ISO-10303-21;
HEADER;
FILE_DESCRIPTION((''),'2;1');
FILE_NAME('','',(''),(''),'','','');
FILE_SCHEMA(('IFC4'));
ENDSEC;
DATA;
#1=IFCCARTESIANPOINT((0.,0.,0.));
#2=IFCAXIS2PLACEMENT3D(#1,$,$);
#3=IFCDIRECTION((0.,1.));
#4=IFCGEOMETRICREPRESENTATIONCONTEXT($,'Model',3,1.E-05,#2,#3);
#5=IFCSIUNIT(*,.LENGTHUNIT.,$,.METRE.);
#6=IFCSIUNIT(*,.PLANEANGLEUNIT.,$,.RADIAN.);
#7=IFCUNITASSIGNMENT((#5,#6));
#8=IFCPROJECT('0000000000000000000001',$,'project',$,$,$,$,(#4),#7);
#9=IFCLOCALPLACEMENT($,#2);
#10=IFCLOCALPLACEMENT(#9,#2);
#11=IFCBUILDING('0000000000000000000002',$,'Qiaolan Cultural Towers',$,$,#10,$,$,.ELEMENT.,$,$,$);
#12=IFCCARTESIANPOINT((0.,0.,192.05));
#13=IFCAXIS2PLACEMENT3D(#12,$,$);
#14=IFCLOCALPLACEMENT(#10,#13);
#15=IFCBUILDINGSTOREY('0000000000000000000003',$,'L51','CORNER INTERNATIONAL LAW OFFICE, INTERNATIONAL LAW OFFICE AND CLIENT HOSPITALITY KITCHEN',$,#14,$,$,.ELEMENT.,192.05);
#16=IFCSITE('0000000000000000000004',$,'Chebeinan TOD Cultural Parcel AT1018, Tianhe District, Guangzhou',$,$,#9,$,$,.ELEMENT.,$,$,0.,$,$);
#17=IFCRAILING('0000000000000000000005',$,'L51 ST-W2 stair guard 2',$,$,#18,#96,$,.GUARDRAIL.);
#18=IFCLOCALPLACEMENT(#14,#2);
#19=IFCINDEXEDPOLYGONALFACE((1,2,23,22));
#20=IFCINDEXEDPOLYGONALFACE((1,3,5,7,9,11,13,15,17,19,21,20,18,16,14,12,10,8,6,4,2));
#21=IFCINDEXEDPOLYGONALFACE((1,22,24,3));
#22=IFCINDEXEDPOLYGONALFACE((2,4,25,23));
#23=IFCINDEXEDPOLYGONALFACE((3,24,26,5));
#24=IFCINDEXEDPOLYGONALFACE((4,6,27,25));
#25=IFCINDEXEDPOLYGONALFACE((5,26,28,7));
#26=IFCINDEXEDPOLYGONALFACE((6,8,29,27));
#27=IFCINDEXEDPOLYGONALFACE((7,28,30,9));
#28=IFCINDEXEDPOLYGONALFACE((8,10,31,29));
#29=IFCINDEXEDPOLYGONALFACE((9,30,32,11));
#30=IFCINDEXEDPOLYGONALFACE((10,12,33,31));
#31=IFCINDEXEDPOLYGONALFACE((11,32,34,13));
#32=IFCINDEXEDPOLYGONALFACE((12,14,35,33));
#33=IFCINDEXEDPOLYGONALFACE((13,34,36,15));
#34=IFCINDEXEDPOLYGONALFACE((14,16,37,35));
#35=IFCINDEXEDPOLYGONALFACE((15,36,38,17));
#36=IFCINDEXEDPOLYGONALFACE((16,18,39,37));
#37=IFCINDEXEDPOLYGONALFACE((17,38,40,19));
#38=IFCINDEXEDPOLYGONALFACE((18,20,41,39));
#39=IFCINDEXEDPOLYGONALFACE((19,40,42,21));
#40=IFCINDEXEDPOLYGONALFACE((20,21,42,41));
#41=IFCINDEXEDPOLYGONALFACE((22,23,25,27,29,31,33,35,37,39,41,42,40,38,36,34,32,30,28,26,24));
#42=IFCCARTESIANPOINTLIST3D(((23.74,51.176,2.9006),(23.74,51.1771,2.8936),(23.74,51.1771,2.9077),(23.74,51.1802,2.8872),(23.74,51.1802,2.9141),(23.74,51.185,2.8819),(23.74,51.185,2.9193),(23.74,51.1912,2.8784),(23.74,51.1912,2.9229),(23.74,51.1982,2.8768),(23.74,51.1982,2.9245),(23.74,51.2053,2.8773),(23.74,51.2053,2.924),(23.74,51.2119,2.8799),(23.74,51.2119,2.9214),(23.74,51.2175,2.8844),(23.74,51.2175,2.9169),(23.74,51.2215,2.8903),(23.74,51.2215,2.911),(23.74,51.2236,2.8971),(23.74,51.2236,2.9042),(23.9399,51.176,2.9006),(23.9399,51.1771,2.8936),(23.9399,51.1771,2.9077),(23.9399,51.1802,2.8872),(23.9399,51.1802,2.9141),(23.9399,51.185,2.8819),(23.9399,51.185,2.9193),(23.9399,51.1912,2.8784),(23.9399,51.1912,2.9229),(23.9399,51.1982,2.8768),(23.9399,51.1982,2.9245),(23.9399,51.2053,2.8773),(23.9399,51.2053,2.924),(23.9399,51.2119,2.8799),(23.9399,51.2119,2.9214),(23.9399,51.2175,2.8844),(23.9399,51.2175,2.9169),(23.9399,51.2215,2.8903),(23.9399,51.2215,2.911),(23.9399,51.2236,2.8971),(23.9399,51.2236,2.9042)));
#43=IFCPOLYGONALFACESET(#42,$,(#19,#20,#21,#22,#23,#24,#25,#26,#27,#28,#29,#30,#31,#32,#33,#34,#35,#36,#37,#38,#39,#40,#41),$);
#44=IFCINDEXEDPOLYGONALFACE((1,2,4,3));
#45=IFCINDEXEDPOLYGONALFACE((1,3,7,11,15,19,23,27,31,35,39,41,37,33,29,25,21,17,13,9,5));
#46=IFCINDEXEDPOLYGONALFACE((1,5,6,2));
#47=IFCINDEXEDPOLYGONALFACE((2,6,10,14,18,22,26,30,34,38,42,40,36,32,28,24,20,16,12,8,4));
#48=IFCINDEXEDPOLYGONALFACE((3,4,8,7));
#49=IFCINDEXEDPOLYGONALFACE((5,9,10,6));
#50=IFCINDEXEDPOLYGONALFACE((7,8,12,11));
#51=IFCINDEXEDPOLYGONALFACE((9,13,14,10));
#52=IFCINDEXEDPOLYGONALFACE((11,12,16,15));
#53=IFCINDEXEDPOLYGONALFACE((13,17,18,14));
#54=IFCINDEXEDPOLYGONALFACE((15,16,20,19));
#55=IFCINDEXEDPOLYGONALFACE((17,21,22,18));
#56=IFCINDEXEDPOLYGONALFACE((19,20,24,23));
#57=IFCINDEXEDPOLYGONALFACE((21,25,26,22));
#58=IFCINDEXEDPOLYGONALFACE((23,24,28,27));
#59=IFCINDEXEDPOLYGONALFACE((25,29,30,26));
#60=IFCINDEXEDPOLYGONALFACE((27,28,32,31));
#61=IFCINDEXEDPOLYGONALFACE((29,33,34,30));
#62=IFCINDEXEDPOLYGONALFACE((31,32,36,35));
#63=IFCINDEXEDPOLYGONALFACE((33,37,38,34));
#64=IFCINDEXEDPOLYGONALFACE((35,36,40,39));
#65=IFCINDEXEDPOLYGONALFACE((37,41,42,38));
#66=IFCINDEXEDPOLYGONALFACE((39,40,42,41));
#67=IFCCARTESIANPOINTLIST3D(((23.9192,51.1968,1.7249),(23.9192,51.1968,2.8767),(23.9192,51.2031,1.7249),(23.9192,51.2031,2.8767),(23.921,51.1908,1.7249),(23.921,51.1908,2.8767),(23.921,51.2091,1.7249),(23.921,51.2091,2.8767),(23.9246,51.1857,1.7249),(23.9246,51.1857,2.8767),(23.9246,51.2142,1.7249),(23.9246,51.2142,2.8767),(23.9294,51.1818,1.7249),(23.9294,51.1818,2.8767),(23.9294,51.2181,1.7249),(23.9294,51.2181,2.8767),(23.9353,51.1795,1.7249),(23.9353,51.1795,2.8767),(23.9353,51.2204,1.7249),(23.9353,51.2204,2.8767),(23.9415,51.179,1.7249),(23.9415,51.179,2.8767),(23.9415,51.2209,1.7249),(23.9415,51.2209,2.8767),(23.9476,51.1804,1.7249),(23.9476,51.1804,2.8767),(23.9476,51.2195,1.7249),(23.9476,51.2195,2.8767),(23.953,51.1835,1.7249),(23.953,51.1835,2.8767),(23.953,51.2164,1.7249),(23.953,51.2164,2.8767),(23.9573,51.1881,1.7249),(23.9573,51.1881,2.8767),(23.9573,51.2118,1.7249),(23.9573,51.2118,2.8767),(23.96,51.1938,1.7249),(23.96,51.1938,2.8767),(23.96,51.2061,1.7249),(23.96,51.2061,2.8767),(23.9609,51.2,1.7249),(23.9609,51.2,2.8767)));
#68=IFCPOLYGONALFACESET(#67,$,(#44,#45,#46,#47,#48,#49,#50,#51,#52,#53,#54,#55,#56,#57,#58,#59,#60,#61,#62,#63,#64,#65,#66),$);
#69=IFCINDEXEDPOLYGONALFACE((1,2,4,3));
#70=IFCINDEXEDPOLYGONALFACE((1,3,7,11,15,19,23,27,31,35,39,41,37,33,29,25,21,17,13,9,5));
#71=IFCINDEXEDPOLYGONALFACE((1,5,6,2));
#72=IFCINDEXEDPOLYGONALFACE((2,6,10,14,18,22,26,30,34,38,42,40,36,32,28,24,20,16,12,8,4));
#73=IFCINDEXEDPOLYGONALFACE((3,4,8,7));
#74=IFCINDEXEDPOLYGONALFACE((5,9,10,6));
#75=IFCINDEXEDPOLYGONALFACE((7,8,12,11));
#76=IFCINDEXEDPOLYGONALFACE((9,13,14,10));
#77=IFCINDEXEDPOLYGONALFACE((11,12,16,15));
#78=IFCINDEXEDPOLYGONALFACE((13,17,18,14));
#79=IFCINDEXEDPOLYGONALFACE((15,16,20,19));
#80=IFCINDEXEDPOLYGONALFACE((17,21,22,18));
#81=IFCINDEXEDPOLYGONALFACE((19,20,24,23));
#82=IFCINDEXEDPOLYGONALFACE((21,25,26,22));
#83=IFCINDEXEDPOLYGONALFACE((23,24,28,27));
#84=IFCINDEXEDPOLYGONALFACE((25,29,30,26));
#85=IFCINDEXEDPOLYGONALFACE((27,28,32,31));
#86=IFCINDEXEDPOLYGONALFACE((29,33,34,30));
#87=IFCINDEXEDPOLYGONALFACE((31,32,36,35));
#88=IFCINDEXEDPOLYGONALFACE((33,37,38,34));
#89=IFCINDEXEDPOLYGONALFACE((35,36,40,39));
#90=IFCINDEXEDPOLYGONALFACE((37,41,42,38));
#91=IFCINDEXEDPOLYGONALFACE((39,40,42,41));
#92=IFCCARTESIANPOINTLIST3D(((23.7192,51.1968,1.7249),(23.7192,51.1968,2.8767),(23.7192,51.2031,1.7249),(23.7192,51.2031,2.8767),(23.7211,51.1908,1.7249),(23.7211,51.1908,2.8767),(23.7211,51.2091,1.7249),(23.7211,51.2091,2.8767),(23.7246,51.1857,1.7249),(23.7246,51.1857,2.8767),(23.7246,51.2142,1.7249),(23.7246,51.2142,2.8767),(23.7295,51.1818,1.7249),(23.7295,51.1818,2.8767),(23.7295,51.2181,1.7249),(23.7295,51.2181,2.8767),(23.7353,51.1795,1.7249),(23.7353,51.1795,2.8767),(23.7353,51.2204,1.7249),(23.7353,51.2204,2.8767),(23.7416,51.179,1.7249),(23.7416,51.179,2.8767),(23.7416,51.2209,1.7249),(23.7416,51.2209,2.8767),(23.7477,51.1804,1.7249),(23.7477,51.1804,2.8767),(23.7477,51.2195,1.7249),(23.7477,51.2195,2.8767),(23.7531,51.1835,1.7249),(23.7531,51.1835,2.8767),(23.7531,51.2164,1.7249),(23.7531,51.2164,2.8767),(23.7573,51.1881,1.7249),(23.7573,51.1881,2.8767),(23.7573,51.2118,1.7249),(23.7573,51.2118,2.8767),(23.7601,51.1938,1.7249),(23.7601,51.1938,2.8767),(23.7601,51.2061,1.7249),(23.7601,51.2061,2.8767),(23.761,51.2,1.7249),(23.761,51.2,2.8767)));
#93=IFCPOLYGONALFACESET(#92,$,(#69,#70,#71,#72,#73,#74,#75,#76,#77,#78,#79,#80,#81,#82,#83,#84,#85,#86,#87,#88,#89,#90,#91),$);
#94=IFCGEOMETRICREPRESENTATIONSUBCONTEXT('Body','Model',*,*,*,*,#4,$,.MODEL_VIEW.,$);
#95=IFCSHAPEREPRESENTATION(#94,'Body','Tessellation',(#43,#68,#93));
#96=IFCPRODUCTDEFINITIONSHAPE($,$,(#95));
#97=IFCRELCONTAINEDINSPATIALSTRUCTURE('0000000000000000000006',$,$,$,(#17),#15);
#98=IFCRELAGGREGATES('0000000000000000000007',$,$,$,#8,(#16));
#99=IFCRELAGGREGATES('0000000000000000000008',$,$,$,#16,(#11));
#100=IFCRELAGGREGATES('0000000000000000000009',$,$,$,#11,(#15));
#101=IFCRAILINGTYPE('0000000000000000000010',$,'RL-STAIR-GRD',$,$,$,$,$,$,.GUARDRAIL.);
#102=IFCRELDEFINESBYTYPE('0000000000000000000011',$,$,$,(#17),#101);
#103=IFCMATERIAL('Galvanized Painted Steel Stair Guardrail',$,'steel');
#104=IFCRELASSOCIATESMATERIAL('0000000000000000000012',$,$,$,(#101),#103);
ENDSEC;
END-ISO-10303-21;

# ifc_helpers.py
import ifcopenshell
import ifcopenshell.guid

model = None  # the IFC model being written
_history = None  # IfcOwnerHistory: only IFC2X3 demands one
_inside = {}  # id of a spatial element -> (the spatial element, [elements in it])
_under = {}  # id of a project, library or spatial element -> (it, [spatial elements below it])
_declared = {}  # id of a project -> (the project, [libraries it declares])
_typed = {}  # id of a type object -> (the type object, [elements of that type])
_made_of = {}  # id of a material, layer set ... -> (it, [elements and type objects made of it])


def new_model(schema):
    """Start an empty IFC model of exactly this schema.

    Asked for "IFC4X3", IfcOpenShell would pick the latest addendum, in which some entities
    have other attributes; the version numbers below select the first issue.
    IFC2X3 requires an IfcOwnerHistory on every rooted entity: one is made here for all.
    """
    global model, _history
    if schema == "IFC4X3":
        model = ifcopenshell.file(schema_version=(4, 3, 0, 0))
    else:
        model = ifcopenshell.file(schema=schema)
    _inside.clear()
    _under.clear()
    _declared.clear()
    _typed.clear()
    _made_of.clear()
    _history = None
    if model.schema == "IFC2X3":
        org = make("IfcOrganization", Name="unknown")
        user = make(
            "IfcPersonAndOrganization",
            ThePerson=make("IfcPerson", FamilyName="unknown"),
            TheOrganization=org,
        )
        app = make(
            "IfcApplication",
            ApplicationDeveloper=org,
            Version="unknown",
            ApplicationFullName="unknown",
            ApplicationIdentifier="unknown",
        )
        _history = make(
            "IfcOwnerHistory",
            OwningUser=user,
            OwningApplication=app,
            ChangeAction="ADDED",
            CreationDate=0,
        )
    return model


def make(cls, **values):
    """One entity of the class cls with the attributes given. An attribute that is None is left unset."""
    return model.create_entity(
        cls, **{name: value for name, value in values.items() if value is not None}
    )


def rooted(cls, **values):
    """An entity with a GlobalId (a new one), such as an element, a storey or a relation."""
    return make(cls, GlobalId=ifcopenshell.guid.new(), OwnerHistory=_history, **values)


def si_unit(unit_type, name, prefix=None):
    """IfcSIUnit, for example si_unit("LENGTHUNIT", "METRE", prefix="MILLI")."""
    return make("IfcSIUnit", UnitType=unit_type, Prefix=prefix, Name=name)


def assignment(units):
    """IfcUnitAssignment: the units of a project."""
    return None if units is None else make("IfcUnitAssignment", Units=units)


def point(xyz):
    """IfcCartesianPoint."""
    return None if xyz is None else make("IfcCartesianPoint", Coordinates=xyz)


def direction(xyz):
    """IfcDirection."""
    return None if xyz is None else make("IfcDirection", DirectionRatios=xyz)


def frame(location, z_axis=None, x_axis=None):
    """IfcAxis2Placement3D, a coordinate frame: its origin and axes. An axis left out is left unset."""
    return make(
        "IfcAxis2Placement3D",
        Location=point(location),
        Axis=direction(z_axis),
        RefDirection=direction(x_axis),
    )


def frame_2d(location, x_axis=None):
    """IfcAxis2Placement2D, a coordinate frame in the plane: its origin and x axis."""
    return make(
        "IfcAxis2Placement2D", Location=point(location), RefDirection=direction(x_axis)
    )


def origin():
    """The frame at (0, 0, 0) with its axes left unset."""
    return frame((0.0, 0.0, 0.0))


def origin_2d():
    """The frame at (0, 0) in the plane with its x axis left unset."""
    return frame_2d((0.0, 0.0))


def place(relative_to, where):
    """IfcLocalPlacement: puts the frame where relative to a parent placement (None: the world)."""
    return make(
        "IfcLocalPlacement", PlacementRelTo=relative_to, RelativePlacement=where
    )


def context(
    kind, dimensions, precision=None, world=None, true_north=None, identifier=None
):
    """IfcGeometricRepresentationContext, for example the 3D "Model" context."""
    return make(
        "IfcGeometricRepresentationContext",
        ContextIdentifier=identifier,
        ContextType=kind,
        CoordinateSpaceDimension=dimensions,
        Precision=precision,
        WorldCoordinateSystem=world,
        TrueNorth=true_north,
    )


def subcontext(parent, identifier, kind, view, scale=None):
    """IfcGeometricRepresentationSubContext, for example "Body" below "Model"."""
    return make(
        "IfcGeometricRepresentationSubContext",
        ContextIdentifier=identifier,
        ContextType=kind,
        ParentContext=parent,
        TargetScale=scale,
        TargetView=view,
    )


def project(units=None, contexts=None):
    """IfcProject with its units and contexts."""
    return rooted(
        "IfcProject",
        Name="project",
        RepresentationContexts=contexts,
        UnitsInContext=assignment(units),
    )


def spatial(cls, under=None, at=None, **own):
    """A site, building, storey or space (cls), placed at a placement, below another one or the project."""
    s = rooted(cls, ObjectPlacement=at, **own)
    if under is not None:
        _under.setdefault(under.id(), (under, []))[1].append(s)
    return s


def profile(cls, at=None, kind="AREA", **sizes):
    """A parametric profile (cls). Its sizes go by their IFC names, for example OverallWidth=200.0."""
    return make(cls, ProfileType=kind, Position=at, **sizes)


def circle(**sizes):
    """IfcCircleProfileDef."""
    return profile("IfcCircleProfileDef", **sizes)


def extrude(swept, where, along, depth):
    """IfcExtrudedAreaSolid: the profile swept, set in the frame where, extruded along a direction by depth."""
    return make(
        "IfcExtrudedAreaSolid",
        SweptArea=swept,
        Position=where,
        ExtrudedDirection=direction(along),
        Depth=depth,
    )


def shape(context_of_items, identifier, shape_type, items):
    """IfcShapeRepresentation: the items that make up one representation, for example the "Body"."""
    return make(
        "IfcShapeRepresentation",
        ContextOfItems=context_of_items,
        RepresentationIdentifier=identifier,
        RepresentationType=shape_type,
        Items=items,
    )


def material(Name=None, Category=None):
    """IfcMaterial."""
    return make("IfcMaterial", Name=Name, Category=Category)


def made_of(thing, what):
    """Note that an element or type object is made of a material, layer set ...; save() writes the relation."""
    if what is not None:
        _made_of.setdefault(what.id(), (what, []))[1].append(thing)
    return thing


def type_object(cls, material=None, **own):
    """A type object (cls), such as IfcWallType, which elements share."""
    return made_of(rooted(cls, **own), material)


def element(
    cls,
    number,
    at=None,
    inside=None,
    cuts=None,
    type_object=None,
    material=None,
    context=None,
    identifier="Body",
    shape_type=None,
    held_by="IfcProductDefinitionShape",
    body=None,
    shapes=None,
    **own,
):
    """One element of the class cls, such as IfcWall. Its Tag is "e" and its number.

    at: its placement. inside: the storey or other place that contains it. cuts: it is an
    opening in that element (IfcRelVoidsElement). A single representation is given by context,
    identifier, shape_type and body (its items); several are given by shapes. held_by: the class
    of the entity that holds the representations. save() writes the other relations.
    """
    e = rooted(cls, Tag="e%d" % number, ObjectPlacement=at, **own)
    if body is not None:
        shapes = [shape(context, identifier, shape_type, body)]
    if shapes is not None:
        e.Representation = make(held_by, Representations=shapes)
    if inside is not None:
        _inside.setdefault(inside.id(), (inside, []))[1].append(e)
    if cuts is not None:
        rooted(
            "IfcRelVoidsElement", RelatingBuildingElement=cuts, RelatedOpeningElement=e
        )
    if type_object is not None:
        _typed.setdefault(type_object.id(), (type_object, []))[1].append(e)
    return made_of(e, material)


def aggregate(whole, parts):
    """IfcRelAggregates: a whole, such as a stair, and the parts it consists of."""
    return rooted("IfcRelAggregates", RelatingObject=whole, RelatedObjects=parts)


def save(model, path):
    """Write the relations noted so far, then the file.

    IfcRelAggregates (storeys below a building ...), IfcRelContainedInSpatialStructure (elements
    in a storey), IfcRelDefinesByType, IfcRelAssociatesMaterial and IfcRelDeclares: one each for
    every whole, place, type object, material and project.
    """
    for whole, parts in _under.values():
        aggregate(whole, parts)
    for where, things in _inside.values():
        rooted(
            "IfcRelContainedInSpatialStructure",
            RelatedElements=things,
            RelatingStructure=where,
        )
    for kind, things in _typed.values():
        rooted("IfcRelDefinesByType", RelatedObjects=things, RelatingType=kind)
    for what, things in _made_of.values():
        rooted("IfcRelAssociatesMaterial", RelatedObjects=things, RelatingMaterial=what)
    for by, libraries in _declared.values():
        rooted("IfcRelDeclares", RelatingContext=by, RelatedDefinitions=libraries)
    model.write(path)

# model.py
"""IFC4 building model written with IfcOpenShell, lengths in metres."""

from ifc_helpers import new_model, si_unit, direction, frame, origin, origin_2d, place, context, subcontext, project, spatial, circle, extrude, material, type_object, element, save


model = new_model("IFC4")

# Units and contexts
model_context = context("Model", 3, precision=1e-05, world=origin(), true_north=direction((0.0, 1.0)))
body_context = subcontext(model_context, "Body", "Model", "MODEL_VIEW")
ifc_project = project(units=[si_unit("LENGTHUNIT", "METRE"), si_unit("PLANEANGLEUNIT", "RADIAN")], contexts=[model_context])

# Site, building, storey
site_placement = place(None, origin())
site = spatial("IfcSite", under=ifc_project, at=site_placement, Name="Chebeinan TOD Cultural Parcel AT1018, Tianhe District, Guangzhou", CompositionType="ELEMENT", RefElevation=0.0)
building_placement = place(site_placement, origin())
building = spatial("IfcBuilding", under=site, at=building_placement, Name="Qiaolan Cultural Towers", CompositionType="ELEMENT")
storey_placement = place(building_placement, frame((0.0, 0.0, 192.05)))
storey = spatial("IfcBuildingStorey", under=building, at=storey_placement, Name="L51", Description="CORNER INTERNATIONAL LAW OFFICE, INTERNATIONAL LAW OFFICE AND CLIENT HOSPITALITY KITCHEN", CompositionType="ELEMENT", Elevation=192.05)

# Railing
ifc_material_1 = material(Name="Galvanized Painted Steel Stair Guardrail", Category="steel")
railing_type_1 = type_object("IfcRailingType", Name="RL-STAIR-GRD", PredefinedType="GUARDRAIL", material=ifc_material_1)
railing_1_placement = place(storey_placement, frame((23.9399, 51.2, 1.7249)))
element("IfcRailing", 1, at=railing_1_placement, inside=storey, type_object=railing_type_1, Name="L51 ST-W2 stair guard 2", PredefinedType="GUARDRAIL", context=body_context, shape_type="SweptSolid", body=[
    extrude(circle(Radius=0.0239, at=origin_2d()), frame((0.0, 0.0, 1.1758), z_axis=(-1.0, 0.0, 0.0), x_axis=(0.0, -1.0, 0.0)), (0.0, 0.0, 1.0), 0.2),
    extrude(circle(Radius=0.021, at=origin_2d()), origin(), (0.0, 0.0, 1.0), 1.1519),
    extrude(circle(Radius=0.021, at=origin_2d()), frame((-0.2, 0.0, 0.0)), (0.0, 0.0, 1.0), 1.1519),
])

save(model, "model.ifc")
